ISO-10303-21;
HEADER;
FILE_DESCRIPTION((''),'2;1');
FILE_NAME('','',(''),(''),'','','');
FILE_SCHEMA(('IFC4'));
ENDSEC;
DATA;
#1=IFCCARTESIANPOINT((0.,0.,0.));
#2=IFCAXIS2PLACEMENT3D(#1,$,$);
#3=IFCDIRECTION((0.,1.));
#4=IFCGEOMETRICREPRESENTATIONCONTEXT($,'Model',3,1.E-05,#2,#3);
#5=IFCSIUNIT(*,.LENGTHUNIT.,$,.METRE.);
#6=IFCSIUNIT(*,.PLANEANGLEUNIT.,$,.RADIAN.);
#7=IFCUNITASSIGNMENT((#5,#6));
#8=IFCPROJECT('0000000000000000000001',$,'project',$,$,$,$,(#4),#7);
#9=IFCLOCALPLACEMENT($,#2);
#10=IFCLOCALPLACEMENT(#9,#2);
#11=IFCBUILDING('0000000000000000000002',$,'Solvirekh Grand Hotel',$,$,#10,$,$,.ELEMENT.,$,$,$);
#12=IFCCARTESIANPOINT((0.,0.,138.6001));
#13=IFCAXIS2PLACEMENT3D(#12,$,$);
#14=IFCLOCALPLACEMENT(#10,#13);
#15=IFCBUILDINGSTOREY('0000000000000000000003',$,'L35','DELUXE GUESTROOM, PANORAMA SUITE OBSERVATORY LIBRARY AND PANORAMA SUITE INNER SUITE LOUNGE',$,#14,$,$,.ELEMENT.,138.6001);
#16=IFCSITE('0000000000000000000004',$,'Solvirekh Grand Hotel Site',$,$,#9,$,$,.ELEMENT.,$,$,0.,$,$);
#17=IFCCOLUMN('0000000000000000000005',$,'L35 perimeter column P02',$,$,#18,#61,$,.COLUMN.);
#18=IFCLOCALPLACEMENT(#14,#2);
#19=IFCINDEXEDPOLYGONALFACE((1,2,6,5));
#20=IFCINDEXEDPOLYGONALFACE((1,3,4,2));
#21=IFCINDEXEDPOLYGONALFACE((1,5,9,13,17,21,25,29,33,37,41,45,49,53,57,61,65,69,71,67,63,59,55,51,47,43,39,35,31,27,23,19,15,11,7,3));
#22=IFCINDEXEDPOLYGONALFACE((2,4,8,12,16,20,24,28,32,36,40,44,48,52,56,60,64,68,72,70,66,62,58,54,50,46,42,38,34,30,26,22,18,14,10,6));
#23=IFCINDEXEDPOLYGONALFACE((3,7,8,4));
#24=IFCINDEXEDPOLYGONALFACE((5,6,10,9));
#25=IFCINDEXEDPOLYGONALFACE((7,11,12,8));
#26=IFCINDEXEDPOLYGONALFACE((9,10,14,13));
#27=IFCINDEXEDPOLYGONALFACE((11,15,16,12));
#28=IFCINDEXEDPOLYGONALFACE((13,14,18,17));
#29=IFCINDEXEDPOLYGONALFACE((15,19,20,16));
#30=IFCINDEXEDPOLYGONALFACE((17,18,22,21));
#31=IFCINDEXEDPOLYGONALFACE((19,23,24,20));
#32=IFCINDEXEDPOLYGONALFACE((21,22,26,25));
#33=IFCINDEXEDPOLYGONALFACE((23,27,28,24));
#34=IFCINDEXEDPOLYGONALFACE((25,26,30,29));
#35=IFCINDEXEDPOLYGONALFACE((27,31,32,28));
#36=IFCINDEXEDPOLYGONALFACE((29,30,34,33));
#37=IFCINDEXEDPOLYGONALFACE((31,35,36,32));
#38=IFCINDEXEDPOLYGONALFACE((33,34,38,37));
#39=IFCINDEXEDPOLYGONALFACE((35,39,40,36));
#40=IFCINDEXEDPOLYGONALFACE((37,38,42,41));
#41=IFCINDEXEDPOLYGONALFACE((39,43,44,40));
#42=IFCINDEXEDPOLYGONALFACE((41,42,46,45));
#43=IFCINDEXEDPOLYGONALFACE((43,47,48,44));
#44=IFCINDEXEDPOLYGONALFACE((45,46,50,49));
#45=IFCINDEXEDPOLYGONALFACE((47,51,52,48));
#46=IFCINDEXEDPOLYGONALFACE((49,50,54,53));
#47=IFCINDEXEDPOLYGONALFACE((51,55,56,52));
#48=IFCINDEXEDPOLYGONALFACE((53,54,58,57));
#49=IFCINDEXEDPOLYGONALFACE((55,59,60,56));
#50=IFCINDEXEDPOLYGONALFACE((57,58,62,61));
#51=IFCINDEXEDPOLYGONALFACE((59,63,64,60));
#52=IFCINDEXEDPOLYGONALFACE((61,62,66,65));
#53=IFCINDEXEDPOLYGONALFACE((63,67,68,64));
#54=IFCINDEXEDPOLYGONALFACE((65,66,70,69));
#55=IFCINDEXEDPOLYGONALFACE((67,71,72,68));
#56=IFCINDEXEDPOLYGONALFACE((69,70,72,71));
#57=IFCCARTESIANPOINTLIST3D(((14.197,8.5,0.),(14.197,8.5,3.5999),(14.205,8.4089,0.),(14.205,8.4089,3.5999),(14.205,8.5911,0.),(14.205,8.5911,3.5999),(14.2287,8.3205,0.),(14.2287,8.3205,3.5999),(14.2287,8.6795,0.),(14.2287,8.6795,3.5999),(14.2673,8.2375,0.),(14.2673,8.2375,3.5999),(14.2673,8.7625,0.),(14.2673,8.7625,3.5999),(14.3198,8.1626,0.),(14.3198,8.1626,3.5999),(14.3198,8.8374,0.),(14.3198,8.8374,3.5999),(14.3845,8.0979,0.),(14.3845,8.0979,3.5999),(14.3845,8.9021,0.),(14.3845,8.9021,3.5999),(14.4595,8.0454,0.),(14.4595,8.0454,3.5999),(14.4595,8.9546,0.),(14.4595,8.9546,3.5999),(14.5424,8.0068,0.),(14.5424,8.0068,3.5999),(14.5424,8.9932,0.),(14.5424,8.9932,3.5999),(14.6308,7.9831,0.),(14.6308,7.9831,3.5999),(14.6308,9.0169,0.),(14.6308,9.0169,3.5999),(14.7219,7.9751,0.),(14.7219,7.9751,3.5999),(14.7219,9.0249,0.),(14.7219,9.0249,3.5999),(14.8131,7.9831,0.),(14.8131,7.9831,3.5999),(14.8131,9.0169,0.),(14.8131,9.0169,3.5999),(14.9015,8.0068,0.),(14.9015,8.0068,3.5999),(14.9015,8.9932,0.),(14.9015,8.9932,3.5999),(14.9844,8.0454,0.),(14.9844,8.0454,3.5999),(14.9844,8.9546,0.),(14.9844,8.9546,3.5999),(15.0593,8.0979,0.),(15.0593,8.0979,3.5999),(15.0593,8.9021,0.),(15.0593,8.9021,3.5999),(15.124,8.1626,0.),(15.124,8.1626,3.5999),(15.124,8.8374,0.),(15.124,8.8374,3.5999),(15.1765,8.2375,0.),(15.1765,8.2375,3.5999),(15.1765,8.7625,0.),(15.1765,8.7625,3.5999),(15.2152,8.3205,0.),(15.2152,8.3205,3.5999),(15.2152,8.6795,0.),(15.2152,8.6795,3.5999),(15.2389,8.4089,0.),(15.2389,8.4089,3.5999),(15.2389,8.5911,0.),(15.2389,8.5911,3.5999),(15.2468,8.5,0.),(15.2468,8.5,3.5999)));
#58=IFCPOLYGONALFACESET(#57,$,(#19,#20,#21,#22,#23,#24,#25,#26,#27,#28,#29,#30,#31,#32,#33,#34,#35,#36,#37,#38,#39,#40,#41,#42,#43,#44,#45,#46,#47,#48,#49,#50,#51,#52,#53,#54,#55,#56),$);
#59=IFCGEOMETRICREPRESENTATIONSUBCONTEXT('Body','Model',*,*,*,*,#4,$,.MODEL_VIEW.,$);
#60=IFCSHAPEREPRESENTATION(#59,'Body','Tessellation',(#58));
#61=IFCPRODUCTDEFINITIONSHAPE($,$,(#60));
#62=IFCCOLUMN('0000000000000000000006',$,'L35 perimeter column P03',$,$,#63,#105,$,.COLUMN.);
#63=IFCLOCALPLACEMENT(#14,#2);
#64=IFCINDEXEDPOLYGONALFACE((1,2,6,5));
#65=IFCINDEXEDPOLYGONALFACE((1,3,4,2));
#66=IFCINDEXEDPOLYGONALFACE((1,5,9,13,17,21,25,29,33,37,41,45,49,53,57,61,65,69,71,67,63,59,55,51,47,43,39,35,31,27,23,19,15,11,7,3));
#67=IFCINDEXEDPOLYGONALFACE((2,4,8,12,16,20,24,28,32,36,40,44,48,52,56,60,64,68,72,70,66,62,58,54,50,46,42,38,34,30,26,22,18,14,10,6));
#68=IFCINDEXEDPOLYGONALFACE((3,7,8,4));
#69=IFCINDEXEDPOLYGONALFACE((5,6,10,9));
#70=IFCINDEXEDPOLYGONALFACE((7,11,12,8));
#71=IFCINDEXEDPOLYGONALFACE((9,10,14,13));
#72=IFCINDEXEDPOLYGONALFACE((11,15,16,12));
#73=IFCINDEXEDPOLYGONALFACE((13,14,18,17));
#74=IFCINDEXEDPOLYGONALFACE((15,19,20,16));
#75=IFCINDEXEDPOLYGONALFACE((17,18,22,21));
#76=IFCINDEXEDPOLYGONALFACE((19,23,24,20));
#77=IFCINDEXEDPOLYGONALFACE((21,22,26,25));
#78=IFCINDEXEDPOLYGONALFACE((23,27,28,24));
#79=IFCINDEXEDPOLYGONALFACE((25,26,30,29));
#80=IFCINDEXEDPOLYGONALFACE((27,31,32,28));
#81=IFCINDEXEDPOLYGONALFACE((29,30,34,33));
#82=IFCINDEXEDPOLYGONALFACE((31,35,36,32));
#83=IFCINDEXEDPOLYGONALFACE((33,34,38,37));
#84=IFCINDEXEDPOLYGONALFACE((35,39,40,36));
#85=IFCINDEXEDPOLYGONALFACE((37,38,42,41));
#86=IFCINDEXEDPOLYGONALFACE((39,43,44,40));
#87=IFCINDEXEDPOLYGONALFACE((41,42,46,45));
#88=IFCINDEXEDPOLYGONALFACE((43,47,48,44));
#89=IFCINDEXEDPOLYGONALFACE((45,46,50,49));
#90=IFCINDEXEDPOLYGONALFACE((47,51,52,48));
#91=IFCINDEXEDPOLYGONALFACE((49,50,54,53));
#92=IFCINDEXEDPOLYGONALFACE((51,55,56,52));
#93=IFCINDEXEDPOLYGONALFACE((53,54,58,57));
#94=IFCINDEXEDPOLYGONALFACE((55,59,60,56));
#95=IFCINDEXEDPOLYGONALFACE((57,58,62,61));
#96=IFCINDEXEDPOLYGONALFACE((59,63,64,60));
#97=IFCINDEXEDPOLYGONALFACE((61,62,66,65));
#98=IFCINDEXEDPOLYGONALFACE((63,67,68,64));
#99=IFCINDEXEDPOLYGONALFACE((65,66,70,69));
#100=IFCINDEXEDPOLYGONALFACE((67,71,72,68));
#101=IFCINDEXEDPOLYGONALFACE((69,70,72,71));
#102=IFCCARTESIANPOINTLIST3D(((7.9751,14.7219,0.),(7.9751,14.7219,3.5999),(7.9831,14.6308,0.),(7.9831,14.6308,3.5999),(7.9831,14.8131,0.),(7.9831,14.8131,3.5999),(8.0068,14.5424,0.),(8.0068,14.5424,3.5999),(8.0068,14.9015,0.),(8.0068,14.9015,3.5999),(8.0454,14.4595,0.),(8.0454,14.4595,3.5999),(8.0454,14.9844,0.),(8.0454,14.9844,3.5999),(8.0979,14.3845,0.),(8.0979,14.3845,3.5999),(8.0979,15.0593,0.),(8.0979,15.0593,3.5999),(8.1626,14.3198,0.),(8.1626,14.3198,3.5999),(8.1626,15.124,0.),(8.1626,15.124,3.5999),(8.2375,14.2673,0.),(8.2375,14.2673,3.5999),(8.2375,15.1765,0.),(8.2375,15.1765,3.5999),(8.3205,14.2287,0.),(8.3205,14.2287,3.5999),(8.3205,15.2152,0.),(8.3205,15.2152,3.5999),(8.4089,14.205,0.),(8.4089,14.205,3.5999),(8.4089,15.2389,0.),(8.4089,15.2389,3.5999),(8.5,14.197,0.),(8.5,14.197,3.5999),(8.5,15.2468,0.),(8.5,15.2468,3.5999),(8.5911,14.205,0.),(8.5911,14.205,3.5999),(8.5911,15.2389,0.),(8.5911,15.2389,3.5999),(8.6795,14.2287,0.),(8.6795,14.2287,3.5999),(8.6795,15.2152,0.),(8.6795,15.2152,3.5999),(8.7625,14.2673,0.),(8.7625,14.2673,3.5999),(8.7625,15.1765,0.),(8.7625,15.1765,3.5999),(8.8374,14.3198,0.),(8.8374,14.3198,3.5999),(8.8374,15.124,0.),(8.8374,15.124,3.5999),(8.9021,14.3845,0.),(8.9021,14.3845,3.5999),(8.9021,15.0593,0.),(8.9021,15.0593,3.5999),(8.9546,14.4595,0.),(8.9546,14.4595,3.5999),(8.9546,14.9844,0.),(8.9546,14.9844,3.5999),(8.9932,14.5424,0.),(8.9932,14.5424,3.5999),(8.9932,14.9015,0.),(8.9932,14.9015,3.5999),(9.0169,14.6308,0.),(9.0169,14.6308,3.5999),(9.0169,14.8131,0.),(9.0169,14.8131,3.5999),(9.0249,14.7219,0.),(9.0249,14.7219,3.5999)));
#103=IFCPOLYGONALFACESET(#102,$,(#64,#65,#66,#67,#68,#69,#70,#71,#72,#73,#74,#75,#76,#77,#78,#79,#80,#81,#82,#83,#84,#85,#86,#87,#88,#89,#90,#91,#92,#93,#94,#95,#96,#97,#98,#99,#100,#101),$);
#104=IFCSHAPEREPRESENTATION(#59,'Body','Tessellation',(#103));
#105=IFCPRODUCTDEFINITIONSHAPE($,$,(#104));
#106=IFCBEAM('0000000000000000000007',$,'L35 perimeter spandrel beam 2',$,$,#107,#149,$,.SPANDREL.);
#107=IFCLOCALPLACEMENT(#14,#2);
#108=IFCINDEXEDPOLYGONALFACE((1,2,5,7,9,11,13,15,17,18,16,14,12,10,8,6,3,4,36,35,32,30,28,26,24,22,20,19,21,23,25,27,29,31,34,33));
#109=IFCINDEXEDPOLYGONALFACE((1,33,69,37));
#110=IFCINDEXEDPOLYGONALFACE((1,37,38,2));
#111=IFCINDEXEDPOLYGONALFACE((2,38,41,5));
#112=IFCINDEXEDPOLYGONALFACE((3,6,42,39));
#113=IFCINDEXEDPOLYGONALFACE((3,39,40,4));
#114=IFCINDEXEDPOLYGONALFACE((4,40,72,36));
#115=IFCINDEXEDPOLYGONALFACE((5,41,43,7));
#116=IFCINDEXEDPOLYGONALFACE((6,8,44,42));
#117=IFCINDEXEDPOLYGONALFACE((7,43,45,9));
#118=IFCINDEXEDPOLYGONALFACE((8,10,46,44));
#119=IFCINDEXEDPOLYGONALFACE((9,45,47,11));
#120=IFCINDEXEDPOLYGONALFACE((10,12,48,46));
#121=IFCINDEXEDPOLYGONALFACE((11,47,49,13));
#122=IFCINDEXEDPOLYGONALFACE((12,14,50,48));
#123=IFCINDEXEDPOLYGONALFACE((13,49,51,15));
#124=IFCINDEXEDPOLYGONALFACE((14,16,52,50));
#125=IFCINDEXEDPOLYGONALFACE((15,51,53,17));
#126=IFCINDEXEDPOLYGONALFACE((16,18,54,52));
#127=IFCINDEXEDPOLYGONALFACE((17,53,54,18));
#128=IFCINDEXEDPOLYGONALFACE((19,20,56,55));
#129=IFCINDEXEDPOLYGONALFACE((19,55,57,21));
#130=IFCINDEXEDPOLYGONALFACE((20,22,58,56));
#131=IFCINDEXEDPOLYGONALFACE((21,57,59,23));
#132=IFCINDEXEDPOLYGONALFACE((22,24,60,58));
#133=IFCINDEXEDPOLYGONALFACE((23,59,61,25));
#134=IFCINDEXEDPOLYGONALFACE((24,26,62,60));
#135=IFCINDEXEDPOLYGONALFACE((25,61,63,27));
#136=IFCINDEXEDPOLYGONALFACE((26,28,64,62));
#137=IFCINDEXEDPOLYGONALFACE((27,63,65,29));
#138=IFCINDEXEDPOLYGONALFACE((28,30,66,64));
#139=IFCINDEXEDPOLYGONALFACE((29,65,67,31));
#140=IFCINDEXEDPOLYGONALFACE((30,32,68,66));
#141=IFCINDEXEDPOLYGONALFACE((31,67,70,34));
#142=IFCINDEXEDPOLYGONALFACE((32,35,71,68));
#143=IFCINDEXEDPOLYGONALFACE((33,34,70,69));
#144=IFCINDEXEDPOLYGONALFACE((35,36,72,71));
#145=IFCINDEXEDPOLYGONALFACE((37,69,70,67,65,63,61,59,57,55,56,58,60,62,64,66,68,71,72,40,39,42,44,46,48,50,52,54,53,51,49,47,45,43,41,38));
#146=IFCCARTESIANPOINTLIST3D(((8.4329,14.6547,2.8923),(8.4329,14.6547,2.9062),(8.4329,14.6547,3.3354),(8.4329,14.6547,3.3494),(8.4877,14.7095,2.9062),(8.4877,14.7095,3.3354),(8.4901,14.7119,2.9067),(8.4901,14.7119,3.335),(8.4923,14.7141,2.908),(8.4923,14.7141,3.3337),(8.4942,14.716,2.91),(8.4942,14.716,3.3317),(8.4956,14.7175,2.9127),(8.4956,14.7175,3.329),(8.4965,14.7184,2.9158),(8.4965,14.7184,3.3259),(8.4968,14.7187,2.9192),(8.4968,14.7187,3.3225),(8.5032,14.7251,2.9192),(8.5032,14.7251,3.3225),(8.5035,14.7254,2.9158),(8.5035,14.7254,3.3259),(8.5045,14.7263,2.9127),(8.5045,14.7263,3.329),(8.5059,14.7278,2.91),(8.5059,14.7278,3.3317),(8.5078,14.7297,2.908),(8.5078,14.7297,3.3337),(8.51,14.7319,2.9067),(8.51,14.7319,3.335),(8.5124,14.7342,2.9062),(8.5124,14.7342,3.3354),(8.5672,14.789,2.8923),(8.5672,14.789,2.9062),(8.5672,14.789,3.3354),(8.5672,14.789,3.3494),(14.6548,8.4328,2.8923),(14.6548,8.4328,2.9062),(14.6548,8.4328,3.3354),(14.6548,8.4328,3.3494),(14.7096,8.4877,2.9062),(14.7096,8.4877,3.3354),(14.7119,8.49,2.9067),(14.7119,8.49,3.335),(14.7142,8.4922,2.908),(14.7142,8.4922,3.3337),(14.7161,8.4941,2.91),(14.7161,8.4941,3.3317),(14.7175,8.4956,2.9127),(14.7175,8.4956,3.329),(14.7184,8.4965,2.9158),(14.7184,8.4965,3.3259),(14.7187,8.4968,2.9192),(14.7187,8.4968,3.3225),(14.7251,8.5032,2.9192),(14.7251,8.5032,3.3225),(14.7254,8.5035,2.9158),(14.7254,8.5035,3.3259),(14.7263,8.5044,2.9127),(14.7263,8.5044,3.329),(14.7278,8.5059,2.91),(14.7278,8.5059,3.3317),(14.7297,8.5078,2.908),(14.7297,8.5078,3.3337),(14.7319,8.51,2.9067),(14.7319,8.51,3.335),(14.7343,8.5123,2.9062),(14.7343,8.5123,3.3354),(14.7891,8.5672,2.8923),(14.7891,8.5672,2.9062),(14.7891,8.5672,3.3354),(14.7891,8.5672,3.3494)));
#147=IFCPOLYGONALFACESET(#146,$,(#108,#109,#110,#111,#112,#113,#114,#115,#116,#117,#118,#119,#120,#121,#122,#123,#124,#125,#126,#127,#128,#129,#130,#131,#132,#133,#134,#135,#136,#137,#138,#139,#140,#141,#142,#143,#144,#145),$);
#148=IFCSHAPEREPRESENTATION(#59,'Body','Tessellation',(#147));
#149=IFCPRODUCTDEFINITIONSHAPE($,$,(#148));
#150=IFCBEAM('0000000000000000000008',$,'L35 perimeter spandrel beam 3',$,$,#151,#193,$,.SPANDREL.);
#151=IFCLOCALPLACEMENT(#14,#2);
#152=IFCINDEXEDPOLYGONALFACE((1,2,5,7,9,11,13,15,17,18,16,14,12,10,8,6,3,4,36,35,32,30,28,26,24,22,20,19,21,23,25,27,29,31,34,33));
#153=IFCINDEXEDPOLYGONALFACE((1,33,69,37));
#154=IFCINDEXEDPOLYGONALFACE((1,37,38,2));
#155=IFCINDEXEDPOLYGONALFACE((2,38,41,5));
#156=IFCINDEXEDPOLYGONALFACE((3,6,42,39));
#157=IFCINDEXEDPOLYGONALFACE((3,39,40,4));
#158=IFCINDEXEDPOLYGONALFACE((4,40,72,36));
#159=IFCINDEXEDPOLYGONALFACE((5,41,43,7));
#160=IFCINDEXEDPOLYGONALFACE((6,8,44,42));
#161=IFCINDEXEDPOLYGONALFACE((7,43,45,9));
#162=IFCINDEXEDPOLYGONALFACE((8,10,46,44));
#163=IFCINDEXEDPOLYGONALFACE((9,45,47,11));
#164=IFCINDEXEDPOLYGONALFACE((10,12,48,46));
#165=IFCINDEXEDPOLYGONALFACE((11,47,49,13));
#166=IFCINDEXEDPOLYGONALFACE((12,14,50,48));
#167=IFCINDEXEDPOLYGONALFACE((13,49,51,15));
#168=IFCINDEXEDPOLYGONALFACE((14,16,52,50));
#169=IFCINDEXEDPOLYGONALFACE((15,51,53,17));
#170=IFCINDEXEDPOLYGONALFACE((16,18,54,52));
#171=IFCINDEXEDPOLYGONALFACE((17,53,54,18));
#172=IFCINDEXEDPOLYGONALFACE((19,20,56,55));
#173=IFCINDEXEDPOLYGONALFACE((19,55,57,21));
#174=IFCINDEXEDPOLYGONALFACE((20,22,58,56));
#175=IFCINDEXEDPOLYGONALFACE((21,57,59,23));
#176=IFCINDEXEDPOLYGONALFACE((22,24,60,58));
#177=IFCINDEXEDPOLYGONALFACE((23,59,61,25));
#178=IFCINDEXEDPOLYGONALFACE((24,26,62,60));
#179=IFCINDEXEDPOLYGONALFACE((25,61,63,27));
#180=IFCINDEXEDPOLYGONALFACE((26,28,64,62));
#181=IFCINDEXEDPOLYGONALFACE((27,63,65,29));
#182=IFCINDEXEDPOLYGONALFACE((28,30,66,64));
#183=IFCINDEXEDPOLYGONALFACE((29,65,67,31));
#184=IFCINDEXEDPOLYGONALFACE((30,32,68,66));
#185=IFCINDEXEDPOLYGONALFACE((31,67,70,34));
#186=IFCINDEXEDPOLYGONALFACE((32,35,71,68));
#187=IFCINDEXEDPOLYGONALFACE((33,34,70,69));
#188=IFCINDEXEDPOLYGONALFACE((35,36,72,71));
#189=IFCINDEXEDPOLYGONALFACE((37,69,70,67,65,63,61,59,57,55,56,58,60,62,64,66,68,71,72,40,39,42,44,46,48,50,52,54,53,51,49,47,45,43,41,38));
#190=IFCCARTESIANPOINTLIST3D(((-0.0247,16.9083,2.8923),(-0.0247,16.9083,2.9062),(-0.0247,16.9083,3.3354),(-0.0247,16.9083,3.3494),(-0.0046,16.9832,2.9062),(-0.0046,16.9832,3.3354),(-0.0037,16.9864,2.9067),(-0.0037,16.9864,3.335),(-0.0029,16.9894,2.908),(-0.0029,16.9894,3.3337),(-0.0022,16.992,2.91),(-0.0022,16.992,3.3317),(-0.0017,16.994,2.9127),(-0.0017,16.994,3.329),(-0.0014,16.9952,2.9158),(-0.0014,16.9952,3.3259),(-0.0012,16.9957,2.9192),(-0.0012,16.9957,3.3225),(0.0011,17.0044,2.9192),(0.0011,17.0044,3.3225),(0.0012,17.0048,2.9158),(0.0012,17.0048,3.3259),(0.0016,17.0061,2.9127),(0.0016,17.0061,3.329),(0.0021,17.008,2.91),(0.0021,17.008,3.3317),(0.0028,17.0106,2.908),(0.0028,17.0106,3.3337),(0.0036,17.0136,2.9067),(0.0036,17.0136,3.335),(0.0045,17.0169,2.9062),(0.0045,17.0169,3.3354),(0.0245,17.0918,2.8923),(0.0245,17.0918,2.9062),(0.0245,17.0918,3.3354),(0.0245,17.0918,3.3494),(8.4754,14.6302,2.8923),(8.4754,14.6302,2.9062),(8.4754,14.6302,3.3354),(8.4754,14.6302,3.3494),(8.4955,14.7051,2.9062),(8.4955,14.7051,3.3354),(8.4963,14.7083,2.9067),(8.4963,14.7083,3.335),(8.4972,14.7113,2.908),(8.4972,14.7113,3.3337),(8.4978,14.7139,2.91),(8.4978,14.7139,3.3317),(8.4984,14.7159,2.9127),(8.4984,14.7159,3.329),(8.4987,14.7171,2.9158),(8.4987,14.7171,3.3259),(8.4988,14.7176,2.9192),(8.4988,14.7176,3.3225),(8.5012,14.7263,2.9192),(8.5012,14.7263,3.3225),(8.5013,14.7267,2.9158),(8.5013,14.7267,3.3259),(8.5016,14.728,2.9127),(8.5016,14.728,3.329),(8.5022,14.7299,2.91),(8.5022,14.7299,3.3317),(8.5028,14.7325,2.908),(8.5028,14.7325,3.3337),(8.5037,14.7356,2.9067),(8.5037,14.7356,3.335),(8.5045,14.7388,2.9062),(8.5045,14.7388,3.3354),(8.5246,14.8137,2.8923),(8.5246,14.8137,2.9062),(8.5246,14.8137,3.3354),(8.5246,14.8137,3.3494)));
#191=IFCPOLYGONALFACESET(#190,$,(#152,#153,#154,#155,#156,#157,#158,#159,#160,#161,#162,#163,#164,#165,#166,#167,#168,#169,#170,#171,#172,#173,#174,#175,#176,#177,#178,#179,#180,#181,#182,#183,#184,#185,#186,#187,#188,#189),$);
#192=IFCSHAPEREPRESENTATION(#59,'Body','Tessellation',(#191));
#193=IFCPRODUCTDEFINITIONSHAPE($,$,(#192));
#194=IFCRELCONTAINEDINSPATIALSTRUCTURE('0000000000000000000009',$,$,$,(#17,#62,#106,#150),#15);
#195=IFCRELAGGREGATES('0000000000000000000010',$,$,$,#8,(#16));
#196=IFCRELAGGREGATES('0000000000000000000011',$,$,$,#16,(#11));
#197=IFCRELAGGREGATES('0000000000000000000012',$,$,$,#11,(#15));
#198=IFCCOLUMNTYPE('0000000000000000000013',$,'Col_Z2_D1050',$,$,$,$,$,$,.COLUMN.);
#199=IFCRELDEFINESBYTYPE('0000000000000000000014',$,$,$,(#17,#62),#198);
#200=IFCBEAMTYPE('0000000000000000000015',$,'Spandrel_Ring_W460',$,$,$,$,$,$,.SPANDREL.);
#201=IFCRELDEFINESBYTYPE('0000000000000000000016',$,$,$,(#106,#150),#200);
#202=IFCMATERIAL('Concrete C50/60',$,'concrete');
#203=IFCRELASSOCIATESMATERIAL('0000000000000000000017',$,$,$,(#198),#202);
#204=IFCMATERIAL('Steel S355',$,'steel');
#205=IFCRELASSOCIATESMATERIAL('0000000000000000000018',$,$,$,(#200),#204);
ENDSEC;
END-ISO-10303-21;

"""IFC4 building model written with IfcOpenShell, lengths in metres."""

from ifc_helpers import new_model, si_unit, direction, frame, origin, origin_2d, place, context, subcontext, project, spatial, circle, i_section, extrude, material, material_profile, profile_set, type_object, element, save


model = new_model("IFC4")

# Units and contexts
model_context = context("Model", 3, precision=1e-05, world=origin(), true_north=direction((0.0, 1.0)))
body_context = subcontext(model_context, "Body", "Model", "MODEL_VIEW")
ifc_project = project(units=[si_unit("LENGTHUNIT", "METRE"), si_unit("PLANEANGLEUNIT", "RADIAN")], contexts=[model_context])

# Site, building, storey
site_placement = place(None, origin())
site = spatial("IfcSite", under=ifc_project, at=site_placement, Name="Solvirekh Grand Hotel Site", CompositionType="ELEMENT", RefElevation=0.0)
building_placement = place(site_placement, origin())
building = spatial("IfcBuilding", under=site, at=building_placement, Name="Solvirekh Grand Hotel", CompositionType="ELEMENT")
storey_placement = place(building_placement, frame((0.0, 0.0, 138.6001)))
storey = spatial("IfcBuildingStorey", under=building, at=storey_placement, Name="L35", Description="DELUXE GUESTROOM, PANORAMA SUITE OBSERVATORY LIBRARY AND PANORAMA SUITE INNER SUITE LOUNGE", CompositionType="ELEMENT", Elevation=138.6001)

# Columns
ifc_material_1 = material(Name="Concrete C50/60", Category="concrete")
ifc_material_profile_1 = material_profile(ifc_material_1, circle(Radius=0.5249, at=origin_2d()), Name="RC CIRC D1050")
ifc_profile_set_1 = profile_set([ifc_material_profile_1], Name="Concrete C50/60")
column_type = type_object("IfcColumnType", Name="Col_Z2_D1050", PredefinedType="COLUMN", material=ifc_profile_set_1)
for number, where, z_axis, x_axis, name in (
    (1, (14.7219, 8.5, 0.0), (0.0, 0.0, 1.0), (1.0, 0.0, 0.0), "L35 perimeter column P02"),
    (2, (8.5, 14.7219, 0.0), (0.0, 0.0, 1.0), (1.0, 0.0, 0.0), "L35 perimeter column P03"),
):
    element("IfcColumn", number, at=place(storey_placement, frame(where, z_axis=z_axis, x_axis=x_axis)), inside=storey, type_object=column_type, Name=name, PredefinedType="COLUMN", context=body_context, shape_type="SweptSolid", body=[
        extrude(circle(Radius=0.5249, at=origin_2d()), origin(), (0.0, 0.0, 1.0), 3.5999),
    ])

# Beams
ifc_material_2 = material(Name="Steel S355", Category="steel")
ifc_material_profile_2 = material_profile(ifc_material_2, i_section(OverallWidth=0.1899, OverallDepth=0.457, WebThickness=0.009, FlangeThickness=0.0139, FilletRadius=0.0129, at=origin_2d()), Name="W460X74")
ifc_profile_set_2 = profile_set([ifc_material_profile_2], Name="Steel S355")
beam_type = type_object("IfcBeamType", Name="Spandrel_Ring_W460", PredefinedType="SPANDREL", material=ifc_profile_set_2)
beam_1_placement = place(storey_placement, frame((14.7219, 8.5, 3.1208), z_axis=(-0.707107, 0.707107, 0.0), x_axis=(-0.707107, -0.707107, 0.0)))
element("IfcBeam", 3, at=beam_1_placement, inside=storey, type_object=beam_type, Name="L35 perimeter spandrel beam 2", PredefinedType="SPANDREL", context=body_context, shape_type="SweptSolid", body=[
    extrude(i_section(OverallWidth=0.1899, OverallDepth=0.457, WebThickness=0.009, FlangeThickness=0.0139, FilletRadius=0.0129, at=origin_2d()), origin(), (0.0, 0.0, 1.0), 8.7991),
])
beam_2_placement = place(storey_placement, frame((8.5, 14.7219, 3.1208), z_axis=(-0.965911, 0.258873, 0.0), x_axis=(-0.258873, -0.965911, 0.0)))
element("IfcBeam", 4, at=beam_2_placement, inside=storey, type_object=beam_type, Name="L35 perimeter spandrel beam 3", PredefinedType="SPANDREL", context=body_context, shape_type="SweptSolid", body=[
    extrude(i_section(OverallWidth=0.1899, OverallDepth=0.457, WebThickness=0.009, FlangeThickness=0.0139, FilletRadius=0.0129, at=origin_2d()), origin(), (0.0, 0.0, 1.0), 8.8),
])

save(model, "model.ifc")
